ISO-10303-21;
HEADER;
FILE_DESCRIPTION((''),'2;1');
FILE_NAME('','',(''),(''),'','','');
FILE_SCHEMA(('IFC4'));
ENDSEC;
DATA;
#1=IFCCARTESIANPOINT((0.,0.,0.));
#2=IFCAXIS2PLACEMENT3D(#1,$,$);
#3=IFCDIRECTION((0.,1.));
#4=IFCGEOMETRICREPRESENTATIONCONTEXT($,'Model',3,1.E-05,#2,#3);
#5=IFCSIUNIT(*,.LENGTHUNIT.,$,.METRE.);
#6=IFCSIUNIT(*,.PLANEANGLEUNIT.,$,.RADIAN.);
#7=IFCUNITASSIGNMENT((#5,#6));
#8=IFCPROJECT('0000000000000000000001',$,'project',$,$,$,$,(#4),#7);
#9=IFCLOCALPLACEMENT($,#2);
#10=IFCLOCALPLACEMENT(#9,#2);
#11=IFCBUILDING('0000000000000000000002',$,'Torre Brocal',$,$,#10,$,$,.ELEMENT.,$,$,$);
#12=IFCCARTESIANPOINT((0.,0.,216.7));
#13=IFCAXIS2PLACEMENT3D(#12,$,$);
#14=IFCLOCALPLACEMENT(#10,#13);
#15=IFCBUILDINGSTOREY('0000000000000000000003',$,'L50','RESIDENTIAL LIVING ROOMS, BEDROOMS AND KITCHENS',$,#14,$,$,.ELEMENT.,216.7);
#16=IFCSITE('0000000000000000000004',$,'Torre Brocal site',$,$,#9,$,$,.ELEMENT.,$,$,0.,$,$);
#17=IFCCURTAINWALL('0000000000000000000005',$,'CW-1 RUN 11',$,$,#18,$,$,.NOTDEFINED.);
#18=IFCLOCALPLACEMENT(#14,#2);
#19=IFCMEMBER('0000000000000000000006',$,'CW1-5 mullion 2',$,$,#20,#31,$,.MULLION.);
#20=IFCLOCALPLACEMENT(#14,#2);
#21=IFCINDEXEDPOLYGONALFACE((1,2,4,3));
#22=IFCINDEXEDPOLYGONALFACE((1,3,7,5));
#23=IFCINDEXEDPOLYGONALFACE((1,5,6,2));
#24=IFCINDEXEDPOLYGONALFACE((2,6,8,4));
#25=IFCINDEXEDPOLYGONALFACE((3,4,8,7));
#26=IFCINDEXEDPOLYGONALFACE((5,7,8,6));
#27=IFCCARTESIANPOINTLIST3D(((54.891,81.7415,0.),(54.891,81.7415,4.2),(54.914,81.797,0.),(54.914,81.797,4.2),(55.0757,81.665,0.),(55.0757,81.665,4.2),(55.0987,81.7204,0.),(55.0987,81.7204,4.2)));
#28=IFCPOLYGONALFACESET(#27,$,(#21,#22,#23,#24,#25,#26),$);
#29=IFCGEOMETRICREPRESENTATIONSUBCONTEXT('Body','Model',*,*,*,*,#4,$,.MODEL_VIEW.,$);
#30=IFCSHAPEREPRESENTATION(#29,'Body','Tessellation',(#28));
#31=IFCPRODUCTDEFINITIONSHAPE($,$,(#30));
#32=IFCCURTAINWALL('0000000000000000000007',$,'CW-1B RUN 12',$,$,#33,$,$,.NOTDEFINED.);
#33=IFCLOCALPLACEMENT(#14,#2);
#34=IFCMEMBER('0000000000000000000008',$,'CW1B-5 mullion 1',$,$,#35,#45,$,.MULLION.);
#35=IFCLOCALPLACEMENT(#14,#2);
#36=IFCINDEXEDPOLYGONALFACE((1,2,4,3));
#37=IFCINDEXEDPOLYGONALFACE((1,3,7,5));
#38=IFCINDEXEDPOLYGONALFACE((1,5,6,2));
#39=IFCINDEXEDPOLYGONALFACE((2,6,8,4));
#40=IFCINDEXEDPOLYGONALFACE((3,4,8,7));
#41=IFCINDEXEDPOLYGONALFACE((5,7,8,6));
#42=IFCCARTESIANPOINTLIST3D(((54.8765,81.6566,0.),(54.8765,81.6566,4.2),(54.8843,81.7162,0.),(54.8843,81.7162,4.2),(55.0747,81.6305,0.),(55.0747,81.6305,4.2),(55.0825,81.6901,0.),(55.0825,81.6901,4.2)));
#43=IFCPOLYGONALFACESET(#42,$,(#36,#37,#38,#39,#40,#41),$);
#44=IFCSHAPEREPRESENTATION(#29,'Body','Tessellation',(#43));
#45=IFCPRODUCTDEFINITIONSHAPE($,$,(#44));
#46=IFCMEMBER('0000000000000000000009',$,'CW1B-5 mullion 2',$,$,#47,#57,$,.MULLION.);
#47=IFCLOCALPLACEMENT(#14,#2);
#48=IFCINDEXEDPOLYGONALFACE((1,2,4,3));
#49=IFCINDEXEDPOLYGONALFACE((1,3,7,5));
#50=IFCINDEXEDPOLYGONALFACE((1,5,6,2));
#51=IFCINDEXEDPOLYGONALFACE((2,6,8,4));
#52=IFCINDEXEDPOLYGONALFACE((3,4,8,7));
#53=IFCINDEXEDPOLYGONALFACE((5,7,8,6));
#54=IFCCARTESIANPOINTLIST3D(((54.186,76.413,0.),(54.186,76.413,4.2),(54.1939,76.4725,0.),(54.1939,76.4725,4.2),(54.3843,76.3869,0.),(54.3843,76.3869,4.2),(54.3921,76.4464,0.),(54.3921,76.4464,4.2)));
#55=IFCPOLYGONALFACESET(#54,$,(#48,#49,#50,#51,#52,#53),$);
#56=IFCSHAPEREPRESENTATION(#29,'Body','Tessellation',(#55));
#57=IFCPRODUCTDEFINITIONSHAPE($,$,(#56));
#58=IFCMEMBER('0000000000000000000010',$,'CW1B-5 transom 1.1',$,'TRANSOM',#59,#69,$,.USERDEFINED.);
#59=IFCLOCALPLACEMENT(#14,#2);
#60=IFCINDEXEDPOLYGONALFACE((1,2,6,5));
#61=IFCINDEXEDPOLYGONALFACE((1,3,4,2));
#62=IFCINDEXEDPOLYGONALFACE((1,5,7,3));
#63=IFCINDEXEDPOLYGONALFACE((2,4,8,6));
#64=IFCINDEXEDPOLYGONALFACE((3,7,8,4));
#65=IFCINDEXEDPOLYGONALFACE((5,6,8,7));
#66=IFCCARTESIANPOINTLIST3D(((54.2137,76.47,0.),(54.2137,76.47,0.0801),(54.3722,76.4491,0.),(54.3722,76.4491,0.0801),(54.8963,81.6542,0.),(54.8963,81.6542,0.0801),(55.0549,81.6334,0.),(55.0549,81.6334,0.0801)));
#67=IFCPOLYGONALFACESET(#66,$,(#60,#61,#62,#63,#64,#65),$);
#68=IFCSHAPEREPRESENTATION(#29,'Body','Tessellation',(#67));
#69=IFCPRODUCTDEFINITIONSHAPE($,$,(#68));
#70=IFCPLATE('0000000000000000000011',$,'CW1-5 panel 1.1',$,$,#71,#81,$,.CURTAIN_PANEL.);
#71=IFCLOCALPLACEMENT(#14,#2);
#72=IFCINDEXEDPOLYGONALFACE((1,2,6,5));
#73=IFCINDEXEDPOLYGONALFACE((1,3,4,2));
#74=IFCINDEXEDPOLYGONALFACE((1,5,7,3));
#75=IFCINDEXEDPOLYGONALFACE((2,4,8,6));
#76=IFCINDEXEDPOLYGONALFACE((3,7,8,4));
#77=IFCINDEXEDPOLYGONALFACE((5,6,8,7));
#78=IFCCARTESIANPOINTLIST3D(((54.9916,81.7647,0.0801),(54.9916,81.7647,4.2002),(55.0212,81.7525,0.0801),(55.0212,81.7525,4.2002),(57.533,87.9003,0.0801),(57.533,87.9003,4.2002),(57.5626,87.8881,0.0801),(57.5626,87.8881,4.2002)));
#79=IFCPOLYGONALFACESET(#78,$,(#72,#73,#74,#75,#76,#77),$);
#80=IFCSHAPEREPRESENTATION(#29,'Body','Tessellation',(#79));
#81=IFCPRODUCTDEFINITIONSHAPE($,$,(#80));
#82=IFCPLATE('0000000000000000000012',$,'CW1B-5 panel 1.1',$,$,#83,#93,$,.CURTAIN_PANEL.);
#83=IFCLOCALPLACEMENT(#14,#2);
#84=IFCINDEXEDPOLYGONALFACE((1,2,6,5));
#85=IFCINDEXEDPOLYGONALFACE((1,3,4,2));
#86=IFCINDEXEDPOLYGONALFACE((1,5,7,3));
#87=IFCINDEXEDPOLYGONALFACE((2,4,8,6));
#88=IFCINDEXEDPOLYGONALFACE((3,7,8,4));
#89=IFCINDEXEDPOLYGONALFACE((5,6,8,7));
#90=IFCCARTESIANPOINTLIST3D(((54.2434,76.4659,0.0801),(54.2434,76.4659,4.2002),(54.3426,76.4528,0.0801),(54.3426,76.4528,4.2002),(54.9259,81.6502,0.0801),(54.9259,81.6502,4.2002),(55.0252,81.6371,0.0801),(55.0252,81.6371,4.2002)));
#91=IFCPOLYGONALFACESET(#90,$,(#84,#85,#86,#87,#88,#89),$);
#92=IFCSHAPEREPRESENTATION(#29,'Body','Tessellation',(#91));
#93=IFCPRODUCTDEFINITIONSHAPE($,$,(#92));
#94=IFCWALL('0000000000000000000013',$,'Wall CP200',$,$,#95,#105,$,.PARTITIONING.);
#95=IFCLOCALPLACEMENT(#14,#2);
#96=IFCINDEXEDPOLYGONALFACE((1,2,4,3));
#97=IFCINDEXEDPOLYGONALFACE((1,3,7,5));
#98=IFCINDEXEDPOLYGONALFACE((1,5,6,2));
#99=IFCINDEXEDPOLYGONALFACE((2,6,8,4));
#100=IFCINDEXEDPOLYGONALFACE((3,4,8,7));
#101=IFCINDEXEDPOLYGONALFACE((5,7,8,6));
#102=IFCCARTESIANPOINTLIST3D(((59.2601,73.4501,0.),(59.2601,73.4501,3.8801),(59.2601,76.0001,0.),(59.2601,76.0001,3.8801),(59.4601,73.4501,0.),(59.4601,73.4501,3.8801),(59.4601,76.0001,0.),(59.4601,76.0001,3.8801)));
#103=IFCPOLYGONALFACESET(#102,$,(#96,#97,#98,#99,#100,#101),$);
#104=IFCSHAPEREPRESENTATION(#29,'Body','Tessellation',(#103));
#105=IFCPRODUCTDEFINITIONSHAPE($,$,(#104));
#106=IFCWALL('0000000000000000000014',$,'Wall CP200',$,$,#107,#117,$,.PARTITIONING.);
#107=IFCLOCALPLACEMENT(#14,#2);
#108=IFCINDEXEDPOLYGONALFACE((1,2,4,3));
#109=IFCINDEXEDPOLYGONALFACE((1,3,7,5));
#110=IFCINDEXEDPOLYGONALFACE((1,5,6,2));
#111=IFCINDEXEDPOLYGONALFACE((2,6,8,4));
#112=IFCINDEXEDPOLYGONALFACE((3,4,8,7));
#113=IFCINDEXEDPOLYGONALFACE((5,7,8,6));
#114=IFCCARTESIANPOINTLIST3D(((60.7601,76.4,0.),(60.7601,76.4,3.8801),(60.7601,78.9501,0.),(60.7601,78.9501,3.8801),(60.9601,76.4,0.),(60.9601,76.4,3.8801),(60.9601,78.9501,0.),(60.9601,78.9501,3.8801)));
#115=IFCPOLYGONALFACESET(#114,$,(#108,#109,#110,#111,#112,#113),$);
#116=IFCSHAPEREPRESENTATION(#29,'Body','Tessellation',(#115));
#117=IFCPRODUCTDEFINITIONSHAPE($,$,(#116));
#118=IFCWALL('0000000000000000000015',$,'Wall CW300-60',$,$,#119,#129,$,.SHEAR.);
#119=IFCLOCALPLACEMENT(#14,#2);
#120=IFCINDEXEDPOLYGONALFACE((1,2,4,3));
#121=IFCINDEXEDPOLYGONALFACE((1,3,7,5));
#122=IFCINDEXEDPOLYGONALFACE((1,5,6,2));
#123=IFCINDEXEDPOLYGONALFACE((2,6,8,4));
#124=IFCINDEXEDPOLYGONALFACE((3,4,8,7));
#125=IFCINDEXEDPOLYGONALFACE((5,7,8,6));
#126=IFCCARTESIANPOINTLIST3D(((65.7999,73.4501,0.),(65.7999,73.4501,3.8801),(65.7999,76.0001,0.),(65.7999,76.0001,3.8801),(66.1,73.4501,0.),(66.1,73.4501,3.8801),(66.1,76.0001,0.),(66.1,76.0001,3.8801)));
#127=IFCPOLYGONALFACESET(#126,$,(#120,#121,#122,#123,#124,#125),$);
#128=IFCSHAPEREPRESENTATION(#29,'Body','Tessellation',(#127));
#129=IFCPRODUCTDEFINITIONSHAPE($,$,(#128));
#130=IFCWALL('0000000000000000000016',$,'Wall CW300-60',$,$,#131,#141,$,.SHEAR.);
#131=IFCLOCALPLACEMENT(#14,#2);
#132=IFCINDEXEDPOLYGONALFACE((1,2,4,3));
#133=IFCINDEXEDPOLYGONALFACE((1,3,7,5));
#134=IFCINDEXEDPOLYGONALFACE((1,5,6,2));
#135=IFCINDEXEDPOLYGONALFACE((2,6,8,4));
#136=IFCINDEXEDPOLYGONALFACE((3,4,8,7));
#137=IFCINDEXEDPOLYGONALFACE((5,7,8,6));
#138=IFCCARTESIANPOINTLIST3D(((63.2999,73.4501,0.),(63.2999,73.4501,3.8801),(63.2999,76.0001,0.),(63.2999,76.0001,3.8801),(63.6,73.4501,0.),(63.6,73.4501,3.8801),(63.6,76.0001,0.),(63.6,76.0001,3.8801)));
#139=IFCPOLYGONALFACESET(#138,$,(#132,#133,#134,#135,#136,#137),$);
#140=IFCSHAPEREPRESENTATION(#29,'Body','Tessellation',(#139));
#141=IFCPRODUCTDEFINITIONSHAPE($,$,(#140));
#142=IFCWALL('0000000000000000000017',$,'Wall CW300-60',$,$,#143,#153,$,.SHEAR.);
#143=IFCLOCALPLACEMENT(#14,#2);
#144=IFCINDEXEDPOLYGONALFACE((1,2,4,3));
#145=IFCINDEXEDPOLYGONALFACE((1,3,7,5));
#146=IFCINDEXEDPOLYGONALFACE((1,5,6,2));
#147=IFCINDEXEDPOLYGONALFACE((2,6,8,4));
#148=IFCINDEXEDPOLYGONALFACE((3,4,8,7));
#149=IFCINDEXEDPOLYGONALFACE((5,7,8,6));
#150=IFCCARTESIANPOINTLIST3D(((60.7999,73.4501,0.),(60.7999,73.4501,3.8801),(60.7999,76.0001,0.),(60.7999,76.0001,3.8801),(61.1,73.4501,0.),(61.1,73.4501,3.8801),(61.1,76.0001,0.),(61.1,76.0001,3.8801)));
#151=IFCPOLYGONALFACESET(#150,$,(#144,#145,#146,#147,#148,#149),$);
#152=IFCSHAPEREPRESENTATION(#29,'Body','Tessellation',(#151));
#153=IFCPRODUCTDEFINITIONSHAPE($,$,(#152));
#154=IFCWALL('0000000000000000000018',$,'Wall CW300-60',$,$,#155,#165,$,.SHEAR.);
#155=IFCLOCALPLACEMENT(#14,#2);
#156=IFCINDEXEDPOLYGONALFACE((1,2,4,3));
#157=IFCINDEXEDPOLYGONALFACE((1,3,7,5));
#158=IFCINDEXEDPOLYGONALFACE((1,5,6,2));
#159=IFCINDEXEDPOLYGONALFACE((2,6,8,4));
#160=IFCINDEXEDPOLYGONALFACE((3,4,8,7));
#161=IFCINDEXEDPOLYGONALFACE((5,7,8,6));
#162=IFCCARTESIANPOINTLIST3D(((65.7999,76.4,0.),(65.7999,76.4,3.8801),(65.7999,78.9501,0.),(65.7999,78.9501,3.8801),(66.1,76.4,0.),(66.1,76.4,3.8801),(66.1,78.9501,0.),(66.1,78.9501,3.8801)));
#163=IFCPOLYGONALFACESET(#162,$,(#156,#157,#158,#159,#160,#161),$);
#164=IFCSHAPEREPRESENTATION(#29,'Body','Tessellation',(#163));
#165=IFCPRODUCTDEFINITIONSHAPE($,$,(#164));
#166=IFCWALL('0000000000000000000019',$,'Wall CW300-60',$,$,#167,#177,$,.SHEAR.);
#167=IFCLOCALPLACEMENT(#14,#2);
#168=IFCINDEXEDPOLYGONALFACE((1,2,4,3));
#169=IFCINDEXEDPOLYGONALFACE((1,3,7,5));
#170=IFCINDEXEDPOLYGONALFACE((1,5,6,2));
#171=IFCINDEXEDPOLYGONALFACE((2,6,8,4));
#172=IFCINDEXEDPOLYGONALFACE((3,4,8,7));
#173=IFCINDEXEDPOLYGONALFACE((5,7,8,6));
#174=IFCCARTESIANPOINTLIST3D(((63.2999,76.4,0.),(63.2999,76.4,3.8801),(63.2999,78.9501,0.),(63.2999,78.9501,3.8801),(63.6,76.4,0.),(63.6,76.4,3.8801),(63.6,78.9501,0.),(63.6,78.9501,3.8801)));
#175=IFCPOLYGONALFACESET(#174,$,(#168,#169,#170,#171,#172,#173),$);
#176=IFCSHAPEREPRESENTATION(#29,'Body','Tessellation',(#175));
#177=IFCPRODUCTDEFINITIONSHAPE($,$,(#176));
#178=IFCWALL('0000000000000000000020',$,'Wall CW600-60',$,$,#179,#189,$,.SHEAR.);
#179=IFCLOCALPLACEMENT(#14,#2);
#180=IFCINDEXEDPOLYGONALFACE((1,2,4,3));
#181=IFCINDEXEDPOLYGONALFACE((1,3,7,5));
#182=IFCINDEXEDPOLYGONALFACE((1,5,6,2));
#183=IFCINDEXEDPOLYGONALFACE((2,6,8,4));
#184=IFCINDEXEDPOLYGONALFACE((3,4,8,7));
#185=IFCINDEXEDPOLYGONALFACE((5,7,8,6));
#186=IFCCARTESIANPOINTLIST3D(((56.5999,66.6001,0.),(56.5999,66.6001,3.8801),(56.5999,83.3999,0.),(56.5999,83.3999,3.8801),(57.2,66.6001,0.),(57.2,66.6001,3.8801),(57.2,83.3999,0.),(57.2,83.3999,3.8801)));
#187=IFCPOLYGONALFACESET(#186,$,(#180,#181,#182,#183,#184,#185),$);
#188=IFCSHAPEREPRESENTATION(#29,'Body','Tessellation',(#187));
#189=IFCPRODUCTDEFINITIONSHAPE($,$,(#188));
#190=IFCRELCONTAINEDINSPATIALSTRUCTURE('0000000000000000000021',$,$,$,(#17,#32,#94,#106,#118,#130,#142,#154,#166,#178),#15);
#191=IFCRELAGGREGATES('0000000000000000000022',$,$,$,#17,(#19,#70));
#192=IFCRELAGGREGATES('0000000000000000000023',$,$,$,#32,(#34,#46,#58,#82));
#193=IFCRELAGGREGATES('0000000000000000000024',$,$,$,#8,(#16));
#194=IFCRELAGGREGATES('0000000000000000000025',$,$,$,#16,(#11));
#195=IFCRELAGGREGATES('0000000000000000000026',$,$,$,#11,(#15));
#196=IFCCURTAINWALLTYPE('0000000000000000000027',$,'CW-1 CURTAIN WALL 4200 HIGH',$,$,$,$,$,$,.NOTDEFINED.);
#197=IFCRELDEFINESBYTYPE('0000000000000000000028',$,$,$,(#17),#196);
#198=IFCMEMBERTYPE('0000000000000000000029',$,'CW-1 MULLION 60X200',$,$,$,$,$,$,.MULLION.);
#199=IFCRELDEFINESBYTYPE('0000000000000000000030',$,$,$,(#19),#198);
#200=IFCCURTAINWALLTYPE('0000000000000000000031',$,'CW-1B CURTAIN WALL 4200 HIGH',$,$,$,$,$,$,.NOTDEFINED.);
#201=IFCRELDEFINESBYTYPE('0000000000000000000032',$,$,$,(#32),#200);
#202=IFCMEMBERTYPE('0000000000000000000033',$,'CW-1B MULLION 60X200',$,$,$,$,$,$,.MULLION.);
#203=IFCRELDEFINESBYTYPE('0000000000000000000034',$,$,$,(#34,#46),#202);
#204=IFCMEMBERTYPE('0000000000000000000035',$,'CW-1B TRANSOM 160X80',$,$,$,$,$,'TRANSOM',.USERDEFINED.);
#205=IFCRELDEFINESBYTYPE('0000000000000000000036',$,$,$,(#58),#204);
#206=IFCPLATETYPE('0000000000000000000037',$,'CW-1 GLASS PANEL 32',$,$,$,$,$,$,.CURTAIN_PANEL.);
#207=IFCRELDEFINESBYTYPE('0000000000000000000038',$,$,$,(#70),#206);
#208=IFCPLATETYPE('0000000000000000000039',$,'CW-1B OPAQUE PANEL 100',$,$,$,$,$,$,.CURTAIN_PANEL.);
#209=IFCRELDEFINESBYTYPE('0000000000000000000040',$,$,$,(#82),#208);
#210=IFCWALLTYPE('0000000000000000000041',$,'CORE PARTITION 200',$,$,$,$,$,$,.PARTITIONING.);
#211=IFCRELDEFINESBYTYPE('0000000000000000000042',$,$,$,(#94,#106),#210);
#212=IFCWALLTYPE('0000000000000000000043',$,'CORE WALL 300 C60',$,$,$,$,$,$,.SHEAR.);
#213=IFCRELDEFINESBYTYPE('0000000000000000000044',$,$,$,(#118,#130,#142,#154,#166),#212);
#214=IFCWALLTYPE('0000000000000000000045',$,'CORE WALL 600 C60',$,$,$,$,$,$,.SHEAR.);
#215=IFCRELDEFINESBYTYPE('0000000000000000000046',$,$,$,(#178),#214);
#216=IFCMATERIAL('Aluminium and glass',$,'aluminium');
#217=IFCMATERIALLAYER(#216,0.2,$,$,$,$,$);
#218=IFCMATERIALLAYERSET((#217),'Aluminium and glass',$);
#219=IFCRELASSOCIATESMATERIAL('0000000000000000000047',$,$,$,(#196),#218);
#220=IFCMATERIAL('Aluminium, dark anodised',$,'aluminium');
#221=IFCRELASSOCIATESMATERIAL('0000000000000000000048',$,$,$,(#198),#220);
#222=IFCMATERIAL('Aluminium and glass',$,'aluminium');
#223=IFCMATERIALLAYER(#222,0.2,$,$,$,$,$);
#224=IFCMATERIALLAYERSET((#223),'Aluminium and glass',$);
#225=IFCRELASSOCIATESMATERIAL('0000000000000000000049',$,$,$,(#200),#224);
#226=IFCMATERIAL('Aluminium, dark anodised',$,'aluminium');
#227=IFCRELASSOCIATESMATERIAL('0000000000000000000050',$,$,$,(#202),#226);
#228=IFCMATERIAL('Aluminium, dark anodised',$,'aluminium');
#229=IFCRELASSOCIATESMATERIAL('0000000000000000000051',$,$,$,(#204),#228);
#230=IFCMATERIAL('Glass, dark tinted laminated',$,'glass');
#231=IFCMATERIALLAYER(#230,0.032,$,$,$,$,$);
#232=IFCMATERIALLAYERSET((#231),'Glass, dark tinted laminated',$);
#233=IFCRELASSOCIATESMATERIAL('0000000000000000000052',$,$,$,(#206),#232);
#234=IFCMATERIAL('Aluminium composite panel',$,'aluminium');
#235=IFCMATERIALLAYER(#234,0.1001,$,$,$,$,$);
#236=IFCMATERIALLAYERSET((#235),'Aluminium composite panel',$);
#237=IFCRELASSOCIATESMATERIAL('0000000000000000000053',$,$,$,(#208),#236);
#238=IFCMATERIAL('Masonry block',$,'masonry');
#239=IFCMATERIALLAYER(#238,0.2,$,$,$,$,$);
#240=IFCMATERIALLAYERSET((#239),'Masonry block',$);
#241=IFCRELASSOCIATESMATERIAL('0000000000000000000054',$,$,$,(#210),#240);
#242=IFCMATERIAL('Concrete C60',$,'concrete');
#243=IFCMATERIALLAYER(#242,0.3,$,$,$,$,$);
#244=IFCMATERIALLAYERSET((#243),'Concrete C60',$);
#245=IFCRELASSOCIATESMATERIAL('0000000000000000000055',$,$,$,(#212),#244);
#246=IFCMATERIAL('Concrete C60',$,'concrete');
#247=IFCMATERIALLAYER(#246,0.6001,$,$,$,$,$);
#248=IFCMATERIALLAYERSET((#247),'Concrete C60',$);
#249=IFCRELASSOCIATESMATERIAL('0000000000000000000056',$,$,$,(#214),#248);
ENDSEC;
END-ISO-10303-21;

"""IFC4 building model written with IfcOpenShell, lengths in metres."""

from ifc_helpers import new_model, si_unit, direction, frame, frame_2d, origin, origin_2d, place, context, subcontext, project, spatial, rectangle, extrude, material, layer, layer_set, material_profile, profile_set, type_object, element, aggregate, save


model = new_model("IFC4")

# Units and contexts
model_context = context("Model", 3, precision=1e-05, world=origin(), true_north=direction((0.0, 1.0)))
body_context = subcontext(model_context, "Body", "Model", "MODEL_VIEW")
ifc_project = project(units=[si_unit("LENGTHUNIT", "METRE"), si_unit("PLANEANGLEUNIT", "RADIAN")], contexts=[model_context])

# Site, building, storey
site_placement = place(None, origin())
site = spatial("IfcSite", under=ifc_project, at=site_placement, Name="Torre Brocal site", CompositionType="ELEMENT", RefElevation=0.0)
building_placement = place(site_placement, origin())
building = spatial("IfcBuilding", under=site, at=building_placement, Name="Torre Brocal", CompositionType="ELEMENT")
storey_placement = place(building_placement, frame((0.0, 0.0, 216.7)))
storey = spatial("IfcBuildingStorey", under=building, at=storey_placement, Name="L50", Description="RESIDENTIAL LIVING ROOMS, BEDROOMS AND KITCHENS", CompositionType="ELEMENT", Elevation=216.7)

# Curtain wall, member
ifc_material_1 = material(Name="Aluminium and glass", Category="aluminium")
ifc_layer_1 = layer(ifc_material_1, 0.2)
ifc_layer_set_1 = layer_set([ifc_layer_1], Name="Aluminium and glass")
curtain_wall_type_1 = type_object("IfcCurtainWallType", Name="CW-1 CURTAIN WALL 4200 HIGH", PredefinedType="NOTDEFINED", material=ifc_layer_set_1)
curtain_wall_1_placement = place(storey_placement, origin())
curtain_wall_1 = element("IfcCurtainWall", 1, at=curtain_wall_1_placement, inside=storey, type_object=curtain_wall_type_1, Name="CW-1 RUN 11", PredefinedType="NOTDEFINED")
ifc_material_2 = material(Name="Aluminium, dark anodised", Category="aluminium")
ifc_material_profile_1 = material_profile(ifc_material_2, rectangle(XDim=0.2, YDim=0.0601, at=origin_2d()), Name="CW-1 MULLION 60X200")
ifc_profile_set_1 = profile_set([ifc_material_profile_1], Name="Aluminium, dark anodised")
member_type_1 = type_object("IfcMemberType", Name="CW-1 MULLION 60X200", PredefinedType="MULLION", material=ifc_profile_set_1)
member_1_placement = place(storey_placement, frame((54.9949, 81.731, 0.0), z_axis=(0.0, 0.0, 1.0), x_axis=(0.92388, -0.382683, 0.0)))
member_1 = element("IfcMember", 2, at=member_1_placement, type_object=member_type_1, Name="CW1-5 mullion 2", PredefinedType="MULLION", context=body_context, shape_type="SweptSolid", body=[
    extrude(rectangle(XDim=0.2, YDim=0.0601, at=origin_2d()), origin(), (0.0, 0.0, 1.0), 4.2),
])

# Curtain wall, members
ifc_material_3 = material(Name="Aluminium and glass", Category="aluminium")
ifc_layer_2 = layer(ifc_material_3, 0.2)
ifc_layer_set_2 = layer_set([ifc_layer_2], Name="Aluminium and glass")
curtain_wall_type_2 = type_object("IfcCurtainWallType", Name="CW-1B CURTAIN WALL 4200 HIGH", PredefinedType="NOTDEFINED", material=ifc_layer_set_2)
curtain_wall_2_placement = place(storey_placement, origin())
curtain_wall_2 = element("IfcCurtainWall", 3, at=curtain_wall_2_placement, inside=storey, type_object=curtain_wall_type_2, Name="CW-1B RUN 12", PredefinedType="NOTDEFINED")
ifc_material_4 = material(Name="Aluminium, dark anodised", Category="aluminium")
ifc_material_profile_2 = material_profile(ifc_material_4, rectangle(XDim=0.2, YDim=0.0601, at=origin_2d()), Name="CW-1B MULLION 60X200")
ifc_profile_set_2 = profile_set([ifc_material_profile_2], Name="Aluminium, dark anodised")
member_type_2 = type_object("IfcMemberType", Name="CW-1B MULLION 60X200", PredefinedType="MULLION", material=ifc_profile_set_2)
member_2_placement = place(storey_placement, frame((54.9795, 81.6733, 0.0), z_axis=(0.0, 0.0, 1.0), x_axis=(0.991445, -0.130526, 0.0)))
member_2 = element("IfcMember", 4, at=member_2_placement, type_object=member_type_2, Name="CW1B-5 mullion 1", PredefinedType="MULLION", context=body_context, shape_type="SweptSolid", body=[
    extrude(rectangle(XDim=0.2, YDim=0.0601, at=origin_2d()), origin(), (0.0, 0.0, 1.0), 4.2),
])
member_3_placement = place(storey_placement, frame((54.2891, 76.4297, 0.0), z_axis=(0.0, 0.0, 1.0), x_axis=(0.991445, -0.130526, 0.0)))
member_3 = element("IfcMember", 5, at=member_3_placement, type_object=member_type_2, Name="CW1B-5 mullion 2", PredefinedType="MULLION", context=body_context, shape_type="SweptSolid", body=[
    extrude(rectangle(XDim=0.2, YDim=0.0601, at=origin_2d()), origin(), (0.0, 0.0, 1.0), 4.2),
])
ifc_material_5 = material(Name="Aluminium, dark anodised", Category="aluminium")
ifc_material_profile_3 = material_profile(ifc_material_5, rectangle(XDim=0.1599, YDim=0.0801, at=origin_2d()), Name="CW-1B TRANSOM 160X80")
ifc_profile_set_3 = profile_set([ifc_material_profile_3], Name="Aluminium, dark anodised")
member_type_3 = type_object("IfcMemberType", Name="CW-1B TRANSOM 160X80", ElementType="TRANSOM", PredefinedType="USERDEFINED", material=ifc_profile_set_3)
member_4_placement = place(storey_placement, frame((54.9756, 81.6438, 0.04), z_axis=(-0.130543, -0.991443, 0.0), x_axis=(0.991443, -0.130543, 0.0)))
member_4 = element("IfcMember", 6, at=member_4_placement, type_object=member_type_3, Name="CW1B-5 transom 1.1", ObjectType="TRANSOM", PredefinedType="USERDEFINED", context=body_context, shape_type="SweptSolid", body=[
    extrude(rectangle(XDim=0.1599, YDim=0.0801, at=origin_2d()), origin(), (0.0, 0.0, 1.0), 5.229),
])

# Plates
ifc_material_6 = material(Name="Glass, dark tinted laminated", Category="glass")
ifc_layer_3 = layer(ifc_material_6, 0.032)
ifc_layer_set_3 = layer_set([ifc_layer_3], Name="Glass, dark tinted laminated")
plate_type_1 = type_object("IfcPlateType", Name="CW-1 GLASS PANEL 32", PredefinedType="CURTAIN_PANEL", material=ifc_layer_set_3)
plate_1_placement = place(storey_placement, frame((56.2771, 84.8264, 0.0801), z_axis=(0.0, 0.0, 1.0), x_axis=(-0.382683, -0.92388, 0.0)))
plate_1 = element("IfcPlate", 7, at=plate_1_placement, type_object=plate_type_1, Name="CW1-5 panel 1.1", PredefinedType="CURTAIN_PANEL", context=body_context, shape_type="SweptSolid", body=[
    extrude(rectangle(XDim=6.6411, YDim=0.032, at=origin_2d()), origin(), (0.0, 0.0, 1.0), 4.1201),
])
aggregate(curtain_wall_1, [member_1, plate_1])
ifc_material_7 = material(Name="Aluminium composite panel", Category="aluminium")
ifc_layer_4 = layer(ifc_material_7, 0.1001)
ifc_layer_set_4 = layer_set([ifc_layer_4], Name="Aluminium composite panel")
plate_type_2 = type_object("IfcPlateType", Name="CW-1B OPAQUE PANEL 100", PredefinedType="CURTAIN_PANEL", material=ifc_layer_set_4)
plate_2_placement = place(storey_placement, frame((54.6343, 79.0515, 0.0801), z_axis=(0.0, 0.0, 1.0), x_axis=(-0.130526, -0.991445, 0.0)))
plate_2 = element("IfcPlate", 8, at=plate_2_placement, type_object=plate_type_2, Name="CW1B-5 panel 1.1", PredefinedType="CURTAIN_PANEL", context=body_context, shape_type="SweptSolid", body=[
    extrude(rectangle(XDim=5.229, YDim=0.1001, at=origin_2d()), origin(), (0.0, 0.0, 1.0), 4.1201),
])
aggregate(curtain_wall_2, [member_2, member_3, member_4, plate_2])

# Walls
ifc_material_8 = material(Name="Masonry block", Category="masonry")
ifc_layer_5 = layer(ifc_material_8, 0.2)
ifc_layer_set_5 = layer_set([ifc_layer_5], Name="Masonry block")
wall_type_1 = type_object("IfcWallType", Name="CORE PARTITION 200", PredefinedType="PARTITIONING", material=ifc_layer_set_5)
for number, where, z_axis, x_axis, name in (
    (9, (59.3601, 76.0, 0.0), (0.0, 0.0, 1.0), (0.0, -1.0, 0.0), "Wall CP200"),
    (10, (60.8601, 78.95, 0.0), (0.0, 0.0, 1.0), (0.0, -1.0, 0.0), "Wall CP200"),
):
    element("IfcWall", number, at=place(storey_placement, frame(where, z_axis=z_axis, x_axis=x_axis)), inside=storey, type_object=wall_type_1, Name=name, PredefinedType="PARTITIONING", context=body_context, shape_type="SweptSolid", body=[
        extrude(rectangle(XDim=2.55, YDim=0.2, at=frame_2d((1.2749, 0.0))), origin(), (0.0, 0.0, 1.0), 3.8801),
    ])
ifc_material_9 = material(Name="Concrete C60", Category="concrete")
ifc_layer_6 = layer(ifc_material_9, 0.3)
ifc_layer_set_6 = layer_set([ifc_layer_6], Name="Concrete C60")
wall_type_2 = type_object("IfcWallType", Name="CORE WALL 300 C60", PredefinedType="SHEAR", material=ifc_layer_set_6)
for number, where, z_axis, x_axis, name in (
    (11, (65.95, 76.0, 0.0), (0.0, 0.0, 1.0), (0.0, -1.0, 0.0), "Wall CW300-60"),
    (12, (63.45, 76.0, 0.0), (0.0, 0.0, 1.0), (0.0, -1.0, 0.0), "Wall CW300-60"),
    (13, (60.95, 76.0, 0.0), (0.0, 0.0, 1.0), (0.0, -1.0, 0.0), "Wall CW300-60"),
    (14, (65.95, 78.95, 0.0), (0.0, 0.0, 1.0), (0.0, -1.0, 0.0), "Wall CW300-60"),
    (15, (63.45, 78.95, 0.0), (0.0, 0.0, 1.0), (0.0, -1.0, 0.0), "Wall CW300-60"),
):
    element("IfcWall", number, at=place(storey_placement, frame(where, z_axis=z_axis, x_axis=x_axis)), inside=storey, type_object=wall_type_2, Name=name, PredefinedType="SHEAR", context=body_context, shape_type="SweptSolid", body=[
        extrude(rectangle(XDim=2.55, YDim=0.3, at=frame_2d((1.2749, 0.0))), origin(), (0.0, 0.0, 1.0), 3.8801),
    ])
ifc_material_10 = material(Name="Concrete C60", Category="concrete")
ifc_layer_7 = layer(ifc_material_10, 0.6001)
ifc_layer_set_7 = layer_set([ifc_layer_7], Name="Concrete C60")
wall_type_3 = type_object("IfcWallType", Name="CORE WALL 600 C60", PredefinedType="SHEAR", material=ifc_layer_set_7)
wall_1_placement = place(storey_placement, frame((56.8999, 83.3999, 0.0), z_axis=(0.0, 0.0, 1.0), x_axis=(0.0, -1.0, 0.0)))
element("IfcWall", 16, at=wall_1_placement, inside=storey, type_object=wall_type_3, Name="Wall CW600-60", PredefinedType="SHEAR", context=body_context, shape_type="SweptSolid", body=[
    extrude(rectangle(XDim=16.7998, YDim=0.6001, at=frame_2d((8.3999, 0.0))), origin(), (0.0, 0.0, 1.0), 3.8801),
])

save(model, "model.ifc")
